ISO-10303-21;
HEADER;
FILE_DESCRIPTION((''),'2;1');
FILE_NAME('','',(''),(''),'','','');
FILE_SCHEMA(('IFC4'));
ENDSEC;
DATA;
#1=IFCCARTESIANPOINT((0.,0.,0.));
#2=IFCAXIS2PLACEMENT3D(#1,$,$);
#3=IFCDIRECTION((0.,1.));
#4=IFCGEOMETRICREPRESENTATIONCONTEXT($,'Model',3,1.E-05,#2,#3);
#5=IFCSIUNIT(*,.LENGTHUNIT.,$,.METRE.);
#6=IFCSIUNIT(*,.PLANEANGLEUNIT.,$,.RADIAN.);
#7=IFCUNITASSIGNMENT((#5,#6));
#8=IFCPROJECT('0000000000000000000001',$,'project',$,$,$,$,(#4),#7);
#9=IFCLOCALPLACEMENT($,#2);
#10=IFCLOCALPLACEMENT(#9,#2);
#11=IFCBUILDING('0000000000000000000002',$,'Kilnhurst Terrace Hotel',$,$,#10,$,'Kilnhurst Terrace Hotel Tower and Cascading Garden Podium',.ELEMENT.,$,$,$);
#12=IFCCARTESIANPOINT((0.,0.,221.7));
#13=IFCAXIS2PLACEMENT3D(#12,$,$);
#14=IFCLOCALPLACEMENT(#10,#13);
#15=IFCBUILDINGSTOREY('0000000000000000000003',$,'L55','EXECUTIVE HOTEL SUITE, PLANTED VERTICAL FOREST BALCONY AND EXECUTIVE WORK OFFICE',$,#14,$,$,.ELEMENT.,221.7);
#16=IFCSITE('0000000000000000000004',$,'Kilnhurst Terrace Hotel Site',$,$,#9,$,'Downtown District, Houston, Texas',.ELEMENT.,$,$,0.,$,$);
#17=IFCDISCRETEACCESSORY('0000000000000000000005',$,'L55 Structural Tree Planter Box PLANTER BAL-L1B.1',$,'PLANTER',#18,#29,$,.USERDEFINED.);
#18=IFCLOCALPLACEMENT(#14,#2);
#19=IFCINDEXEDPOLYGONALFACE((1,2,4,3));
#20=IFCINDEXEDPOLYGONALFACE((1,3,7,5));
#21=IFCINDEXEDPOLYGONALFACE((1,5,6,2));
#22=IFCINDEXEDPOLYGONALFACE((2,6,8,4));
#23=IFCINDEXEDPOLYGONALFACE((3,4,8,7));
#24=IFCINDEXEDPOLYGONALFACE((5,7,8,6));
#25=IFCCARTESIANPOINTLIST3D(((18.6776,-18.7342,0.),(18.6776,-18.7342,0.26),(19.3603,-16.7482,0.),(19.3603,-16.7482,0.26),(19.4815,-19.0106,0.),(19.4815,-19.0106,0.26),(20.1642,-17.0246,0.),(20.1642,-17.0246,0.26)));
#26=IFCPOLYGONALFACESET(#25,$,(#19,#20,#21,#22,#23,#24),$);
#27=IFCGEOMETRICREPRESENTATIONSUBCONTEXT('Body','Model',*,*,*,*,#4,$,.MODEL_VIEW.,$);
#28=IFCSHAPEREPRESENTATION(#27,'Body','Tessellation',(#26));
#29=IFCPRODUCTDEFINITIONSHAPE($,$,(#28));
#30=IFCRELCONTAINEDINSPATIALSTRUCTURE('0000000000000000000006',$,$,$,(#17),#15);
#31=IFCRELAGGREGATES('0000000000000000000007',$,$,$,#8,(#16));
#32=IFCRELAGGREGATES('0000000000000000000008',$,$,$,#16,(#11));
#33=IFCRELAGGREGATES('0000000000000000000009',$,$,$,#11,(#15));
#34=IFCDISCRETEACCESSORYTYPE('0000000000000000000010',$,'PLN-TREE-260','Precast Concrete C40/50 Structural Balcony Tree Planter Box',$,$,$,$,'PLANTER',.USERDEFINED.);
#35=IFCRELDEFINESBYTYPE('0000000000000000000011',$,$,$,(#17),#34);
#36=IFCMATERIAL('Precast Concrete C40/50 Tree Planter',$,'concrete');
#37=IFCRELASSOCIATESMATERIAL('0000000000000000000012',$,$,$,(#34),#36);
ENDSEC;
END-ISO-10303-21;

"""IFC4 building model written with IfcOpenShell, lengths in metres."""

from ifc_helpers import new_model, si_unit, direction, frame, origin, origin_2d, place, context, subcontext, project, spatial, rectangle, extrude, material, type_object, element, save


model = new_model("IFC4")

# Units and contexts
model_context = context("Model", 3, precision=1e-05, world=origin(), true_north=direction((0.0, 1.0)))
body_context = subcontext(model_context, "Body", "Model", "MODEL_VIEW")
ifc_project = project(units=[si_unit("LENGTHUNIT", "METRE"), si_unit("PLANEANGLEUNIT", "RADIAN")], contexts=[model_context])

# Site, building, storey
site_placement = place(None, origin())
site = spatial("IfcSite", under=ifc_project, at=site_placement, Name="Kilnhurst Terrace Hotel Site", LongName="Downtown District, Houston, Texas", CompositionType="ELEMENT", RefElevation=0.0)
building_placement = place(site_placement, origin())
building = spatial("IfcBuilding", under=site, at=building_placement, Name="Kilnhurst Terrace Hotel", LongName="Kilnhurst Terrace Hotel Tower and Cascading Garden Podium", CompositionType="ELEMENT")
storey_placement = place(building_placement, frame((0.0, 0.0, 221.7)))
storey = spatial("IfcBuildingStorey", under=building, at=storey_placement, Name="L55", Description="EXECUTIVE HOTEL SUITE, PLANTED VERTICAL FOREST BALCONY AND EXECUTIVE WORK OFFICE", CompositionType="ELEMENT", Elevation=221.7)

# Discrete accessory
ifc_material_1 = material(Name="Precast Concrete C40/50 Tree Planter", Category="concrete")
discrete_accessory_type_1 = type_object("IfcDiscreteAccessoryType", Name="PLN-TREE-260", Description="Precast Concrete C40/50 Structural Balcony Tree Planter Box", ElementType="PLANTER", PredefinedType="USERDEFINED", material=ifc_material_1)
discrete_accessory_1_placement = place(storey_placement, frame((19.4209, -17.8794, 0.0), z_axis=(0.0, 0.0, 1.0), x_axis=(0.32509, 0.945683, 0.0)))
element("IfcDiscreteAccessory", 1, at=discrete_accessory_1_placement, inside=storey, type_object=discrete_accessory_type_1, Name="L55 Structural Tree Planter Box PLANTER BAL-L1B.1", ObjectType="PLANTER", PredefinedType="USERDEFINED", context=body_context, shape_type="SweptSolid", body=[
    extrude(rectangle(XDim=2.1001, YDim=0.8501, at=origin_2d()), origin(), (0.0, 0.0, 1.0), 0.26),
])

save(model, "model.ifc")
